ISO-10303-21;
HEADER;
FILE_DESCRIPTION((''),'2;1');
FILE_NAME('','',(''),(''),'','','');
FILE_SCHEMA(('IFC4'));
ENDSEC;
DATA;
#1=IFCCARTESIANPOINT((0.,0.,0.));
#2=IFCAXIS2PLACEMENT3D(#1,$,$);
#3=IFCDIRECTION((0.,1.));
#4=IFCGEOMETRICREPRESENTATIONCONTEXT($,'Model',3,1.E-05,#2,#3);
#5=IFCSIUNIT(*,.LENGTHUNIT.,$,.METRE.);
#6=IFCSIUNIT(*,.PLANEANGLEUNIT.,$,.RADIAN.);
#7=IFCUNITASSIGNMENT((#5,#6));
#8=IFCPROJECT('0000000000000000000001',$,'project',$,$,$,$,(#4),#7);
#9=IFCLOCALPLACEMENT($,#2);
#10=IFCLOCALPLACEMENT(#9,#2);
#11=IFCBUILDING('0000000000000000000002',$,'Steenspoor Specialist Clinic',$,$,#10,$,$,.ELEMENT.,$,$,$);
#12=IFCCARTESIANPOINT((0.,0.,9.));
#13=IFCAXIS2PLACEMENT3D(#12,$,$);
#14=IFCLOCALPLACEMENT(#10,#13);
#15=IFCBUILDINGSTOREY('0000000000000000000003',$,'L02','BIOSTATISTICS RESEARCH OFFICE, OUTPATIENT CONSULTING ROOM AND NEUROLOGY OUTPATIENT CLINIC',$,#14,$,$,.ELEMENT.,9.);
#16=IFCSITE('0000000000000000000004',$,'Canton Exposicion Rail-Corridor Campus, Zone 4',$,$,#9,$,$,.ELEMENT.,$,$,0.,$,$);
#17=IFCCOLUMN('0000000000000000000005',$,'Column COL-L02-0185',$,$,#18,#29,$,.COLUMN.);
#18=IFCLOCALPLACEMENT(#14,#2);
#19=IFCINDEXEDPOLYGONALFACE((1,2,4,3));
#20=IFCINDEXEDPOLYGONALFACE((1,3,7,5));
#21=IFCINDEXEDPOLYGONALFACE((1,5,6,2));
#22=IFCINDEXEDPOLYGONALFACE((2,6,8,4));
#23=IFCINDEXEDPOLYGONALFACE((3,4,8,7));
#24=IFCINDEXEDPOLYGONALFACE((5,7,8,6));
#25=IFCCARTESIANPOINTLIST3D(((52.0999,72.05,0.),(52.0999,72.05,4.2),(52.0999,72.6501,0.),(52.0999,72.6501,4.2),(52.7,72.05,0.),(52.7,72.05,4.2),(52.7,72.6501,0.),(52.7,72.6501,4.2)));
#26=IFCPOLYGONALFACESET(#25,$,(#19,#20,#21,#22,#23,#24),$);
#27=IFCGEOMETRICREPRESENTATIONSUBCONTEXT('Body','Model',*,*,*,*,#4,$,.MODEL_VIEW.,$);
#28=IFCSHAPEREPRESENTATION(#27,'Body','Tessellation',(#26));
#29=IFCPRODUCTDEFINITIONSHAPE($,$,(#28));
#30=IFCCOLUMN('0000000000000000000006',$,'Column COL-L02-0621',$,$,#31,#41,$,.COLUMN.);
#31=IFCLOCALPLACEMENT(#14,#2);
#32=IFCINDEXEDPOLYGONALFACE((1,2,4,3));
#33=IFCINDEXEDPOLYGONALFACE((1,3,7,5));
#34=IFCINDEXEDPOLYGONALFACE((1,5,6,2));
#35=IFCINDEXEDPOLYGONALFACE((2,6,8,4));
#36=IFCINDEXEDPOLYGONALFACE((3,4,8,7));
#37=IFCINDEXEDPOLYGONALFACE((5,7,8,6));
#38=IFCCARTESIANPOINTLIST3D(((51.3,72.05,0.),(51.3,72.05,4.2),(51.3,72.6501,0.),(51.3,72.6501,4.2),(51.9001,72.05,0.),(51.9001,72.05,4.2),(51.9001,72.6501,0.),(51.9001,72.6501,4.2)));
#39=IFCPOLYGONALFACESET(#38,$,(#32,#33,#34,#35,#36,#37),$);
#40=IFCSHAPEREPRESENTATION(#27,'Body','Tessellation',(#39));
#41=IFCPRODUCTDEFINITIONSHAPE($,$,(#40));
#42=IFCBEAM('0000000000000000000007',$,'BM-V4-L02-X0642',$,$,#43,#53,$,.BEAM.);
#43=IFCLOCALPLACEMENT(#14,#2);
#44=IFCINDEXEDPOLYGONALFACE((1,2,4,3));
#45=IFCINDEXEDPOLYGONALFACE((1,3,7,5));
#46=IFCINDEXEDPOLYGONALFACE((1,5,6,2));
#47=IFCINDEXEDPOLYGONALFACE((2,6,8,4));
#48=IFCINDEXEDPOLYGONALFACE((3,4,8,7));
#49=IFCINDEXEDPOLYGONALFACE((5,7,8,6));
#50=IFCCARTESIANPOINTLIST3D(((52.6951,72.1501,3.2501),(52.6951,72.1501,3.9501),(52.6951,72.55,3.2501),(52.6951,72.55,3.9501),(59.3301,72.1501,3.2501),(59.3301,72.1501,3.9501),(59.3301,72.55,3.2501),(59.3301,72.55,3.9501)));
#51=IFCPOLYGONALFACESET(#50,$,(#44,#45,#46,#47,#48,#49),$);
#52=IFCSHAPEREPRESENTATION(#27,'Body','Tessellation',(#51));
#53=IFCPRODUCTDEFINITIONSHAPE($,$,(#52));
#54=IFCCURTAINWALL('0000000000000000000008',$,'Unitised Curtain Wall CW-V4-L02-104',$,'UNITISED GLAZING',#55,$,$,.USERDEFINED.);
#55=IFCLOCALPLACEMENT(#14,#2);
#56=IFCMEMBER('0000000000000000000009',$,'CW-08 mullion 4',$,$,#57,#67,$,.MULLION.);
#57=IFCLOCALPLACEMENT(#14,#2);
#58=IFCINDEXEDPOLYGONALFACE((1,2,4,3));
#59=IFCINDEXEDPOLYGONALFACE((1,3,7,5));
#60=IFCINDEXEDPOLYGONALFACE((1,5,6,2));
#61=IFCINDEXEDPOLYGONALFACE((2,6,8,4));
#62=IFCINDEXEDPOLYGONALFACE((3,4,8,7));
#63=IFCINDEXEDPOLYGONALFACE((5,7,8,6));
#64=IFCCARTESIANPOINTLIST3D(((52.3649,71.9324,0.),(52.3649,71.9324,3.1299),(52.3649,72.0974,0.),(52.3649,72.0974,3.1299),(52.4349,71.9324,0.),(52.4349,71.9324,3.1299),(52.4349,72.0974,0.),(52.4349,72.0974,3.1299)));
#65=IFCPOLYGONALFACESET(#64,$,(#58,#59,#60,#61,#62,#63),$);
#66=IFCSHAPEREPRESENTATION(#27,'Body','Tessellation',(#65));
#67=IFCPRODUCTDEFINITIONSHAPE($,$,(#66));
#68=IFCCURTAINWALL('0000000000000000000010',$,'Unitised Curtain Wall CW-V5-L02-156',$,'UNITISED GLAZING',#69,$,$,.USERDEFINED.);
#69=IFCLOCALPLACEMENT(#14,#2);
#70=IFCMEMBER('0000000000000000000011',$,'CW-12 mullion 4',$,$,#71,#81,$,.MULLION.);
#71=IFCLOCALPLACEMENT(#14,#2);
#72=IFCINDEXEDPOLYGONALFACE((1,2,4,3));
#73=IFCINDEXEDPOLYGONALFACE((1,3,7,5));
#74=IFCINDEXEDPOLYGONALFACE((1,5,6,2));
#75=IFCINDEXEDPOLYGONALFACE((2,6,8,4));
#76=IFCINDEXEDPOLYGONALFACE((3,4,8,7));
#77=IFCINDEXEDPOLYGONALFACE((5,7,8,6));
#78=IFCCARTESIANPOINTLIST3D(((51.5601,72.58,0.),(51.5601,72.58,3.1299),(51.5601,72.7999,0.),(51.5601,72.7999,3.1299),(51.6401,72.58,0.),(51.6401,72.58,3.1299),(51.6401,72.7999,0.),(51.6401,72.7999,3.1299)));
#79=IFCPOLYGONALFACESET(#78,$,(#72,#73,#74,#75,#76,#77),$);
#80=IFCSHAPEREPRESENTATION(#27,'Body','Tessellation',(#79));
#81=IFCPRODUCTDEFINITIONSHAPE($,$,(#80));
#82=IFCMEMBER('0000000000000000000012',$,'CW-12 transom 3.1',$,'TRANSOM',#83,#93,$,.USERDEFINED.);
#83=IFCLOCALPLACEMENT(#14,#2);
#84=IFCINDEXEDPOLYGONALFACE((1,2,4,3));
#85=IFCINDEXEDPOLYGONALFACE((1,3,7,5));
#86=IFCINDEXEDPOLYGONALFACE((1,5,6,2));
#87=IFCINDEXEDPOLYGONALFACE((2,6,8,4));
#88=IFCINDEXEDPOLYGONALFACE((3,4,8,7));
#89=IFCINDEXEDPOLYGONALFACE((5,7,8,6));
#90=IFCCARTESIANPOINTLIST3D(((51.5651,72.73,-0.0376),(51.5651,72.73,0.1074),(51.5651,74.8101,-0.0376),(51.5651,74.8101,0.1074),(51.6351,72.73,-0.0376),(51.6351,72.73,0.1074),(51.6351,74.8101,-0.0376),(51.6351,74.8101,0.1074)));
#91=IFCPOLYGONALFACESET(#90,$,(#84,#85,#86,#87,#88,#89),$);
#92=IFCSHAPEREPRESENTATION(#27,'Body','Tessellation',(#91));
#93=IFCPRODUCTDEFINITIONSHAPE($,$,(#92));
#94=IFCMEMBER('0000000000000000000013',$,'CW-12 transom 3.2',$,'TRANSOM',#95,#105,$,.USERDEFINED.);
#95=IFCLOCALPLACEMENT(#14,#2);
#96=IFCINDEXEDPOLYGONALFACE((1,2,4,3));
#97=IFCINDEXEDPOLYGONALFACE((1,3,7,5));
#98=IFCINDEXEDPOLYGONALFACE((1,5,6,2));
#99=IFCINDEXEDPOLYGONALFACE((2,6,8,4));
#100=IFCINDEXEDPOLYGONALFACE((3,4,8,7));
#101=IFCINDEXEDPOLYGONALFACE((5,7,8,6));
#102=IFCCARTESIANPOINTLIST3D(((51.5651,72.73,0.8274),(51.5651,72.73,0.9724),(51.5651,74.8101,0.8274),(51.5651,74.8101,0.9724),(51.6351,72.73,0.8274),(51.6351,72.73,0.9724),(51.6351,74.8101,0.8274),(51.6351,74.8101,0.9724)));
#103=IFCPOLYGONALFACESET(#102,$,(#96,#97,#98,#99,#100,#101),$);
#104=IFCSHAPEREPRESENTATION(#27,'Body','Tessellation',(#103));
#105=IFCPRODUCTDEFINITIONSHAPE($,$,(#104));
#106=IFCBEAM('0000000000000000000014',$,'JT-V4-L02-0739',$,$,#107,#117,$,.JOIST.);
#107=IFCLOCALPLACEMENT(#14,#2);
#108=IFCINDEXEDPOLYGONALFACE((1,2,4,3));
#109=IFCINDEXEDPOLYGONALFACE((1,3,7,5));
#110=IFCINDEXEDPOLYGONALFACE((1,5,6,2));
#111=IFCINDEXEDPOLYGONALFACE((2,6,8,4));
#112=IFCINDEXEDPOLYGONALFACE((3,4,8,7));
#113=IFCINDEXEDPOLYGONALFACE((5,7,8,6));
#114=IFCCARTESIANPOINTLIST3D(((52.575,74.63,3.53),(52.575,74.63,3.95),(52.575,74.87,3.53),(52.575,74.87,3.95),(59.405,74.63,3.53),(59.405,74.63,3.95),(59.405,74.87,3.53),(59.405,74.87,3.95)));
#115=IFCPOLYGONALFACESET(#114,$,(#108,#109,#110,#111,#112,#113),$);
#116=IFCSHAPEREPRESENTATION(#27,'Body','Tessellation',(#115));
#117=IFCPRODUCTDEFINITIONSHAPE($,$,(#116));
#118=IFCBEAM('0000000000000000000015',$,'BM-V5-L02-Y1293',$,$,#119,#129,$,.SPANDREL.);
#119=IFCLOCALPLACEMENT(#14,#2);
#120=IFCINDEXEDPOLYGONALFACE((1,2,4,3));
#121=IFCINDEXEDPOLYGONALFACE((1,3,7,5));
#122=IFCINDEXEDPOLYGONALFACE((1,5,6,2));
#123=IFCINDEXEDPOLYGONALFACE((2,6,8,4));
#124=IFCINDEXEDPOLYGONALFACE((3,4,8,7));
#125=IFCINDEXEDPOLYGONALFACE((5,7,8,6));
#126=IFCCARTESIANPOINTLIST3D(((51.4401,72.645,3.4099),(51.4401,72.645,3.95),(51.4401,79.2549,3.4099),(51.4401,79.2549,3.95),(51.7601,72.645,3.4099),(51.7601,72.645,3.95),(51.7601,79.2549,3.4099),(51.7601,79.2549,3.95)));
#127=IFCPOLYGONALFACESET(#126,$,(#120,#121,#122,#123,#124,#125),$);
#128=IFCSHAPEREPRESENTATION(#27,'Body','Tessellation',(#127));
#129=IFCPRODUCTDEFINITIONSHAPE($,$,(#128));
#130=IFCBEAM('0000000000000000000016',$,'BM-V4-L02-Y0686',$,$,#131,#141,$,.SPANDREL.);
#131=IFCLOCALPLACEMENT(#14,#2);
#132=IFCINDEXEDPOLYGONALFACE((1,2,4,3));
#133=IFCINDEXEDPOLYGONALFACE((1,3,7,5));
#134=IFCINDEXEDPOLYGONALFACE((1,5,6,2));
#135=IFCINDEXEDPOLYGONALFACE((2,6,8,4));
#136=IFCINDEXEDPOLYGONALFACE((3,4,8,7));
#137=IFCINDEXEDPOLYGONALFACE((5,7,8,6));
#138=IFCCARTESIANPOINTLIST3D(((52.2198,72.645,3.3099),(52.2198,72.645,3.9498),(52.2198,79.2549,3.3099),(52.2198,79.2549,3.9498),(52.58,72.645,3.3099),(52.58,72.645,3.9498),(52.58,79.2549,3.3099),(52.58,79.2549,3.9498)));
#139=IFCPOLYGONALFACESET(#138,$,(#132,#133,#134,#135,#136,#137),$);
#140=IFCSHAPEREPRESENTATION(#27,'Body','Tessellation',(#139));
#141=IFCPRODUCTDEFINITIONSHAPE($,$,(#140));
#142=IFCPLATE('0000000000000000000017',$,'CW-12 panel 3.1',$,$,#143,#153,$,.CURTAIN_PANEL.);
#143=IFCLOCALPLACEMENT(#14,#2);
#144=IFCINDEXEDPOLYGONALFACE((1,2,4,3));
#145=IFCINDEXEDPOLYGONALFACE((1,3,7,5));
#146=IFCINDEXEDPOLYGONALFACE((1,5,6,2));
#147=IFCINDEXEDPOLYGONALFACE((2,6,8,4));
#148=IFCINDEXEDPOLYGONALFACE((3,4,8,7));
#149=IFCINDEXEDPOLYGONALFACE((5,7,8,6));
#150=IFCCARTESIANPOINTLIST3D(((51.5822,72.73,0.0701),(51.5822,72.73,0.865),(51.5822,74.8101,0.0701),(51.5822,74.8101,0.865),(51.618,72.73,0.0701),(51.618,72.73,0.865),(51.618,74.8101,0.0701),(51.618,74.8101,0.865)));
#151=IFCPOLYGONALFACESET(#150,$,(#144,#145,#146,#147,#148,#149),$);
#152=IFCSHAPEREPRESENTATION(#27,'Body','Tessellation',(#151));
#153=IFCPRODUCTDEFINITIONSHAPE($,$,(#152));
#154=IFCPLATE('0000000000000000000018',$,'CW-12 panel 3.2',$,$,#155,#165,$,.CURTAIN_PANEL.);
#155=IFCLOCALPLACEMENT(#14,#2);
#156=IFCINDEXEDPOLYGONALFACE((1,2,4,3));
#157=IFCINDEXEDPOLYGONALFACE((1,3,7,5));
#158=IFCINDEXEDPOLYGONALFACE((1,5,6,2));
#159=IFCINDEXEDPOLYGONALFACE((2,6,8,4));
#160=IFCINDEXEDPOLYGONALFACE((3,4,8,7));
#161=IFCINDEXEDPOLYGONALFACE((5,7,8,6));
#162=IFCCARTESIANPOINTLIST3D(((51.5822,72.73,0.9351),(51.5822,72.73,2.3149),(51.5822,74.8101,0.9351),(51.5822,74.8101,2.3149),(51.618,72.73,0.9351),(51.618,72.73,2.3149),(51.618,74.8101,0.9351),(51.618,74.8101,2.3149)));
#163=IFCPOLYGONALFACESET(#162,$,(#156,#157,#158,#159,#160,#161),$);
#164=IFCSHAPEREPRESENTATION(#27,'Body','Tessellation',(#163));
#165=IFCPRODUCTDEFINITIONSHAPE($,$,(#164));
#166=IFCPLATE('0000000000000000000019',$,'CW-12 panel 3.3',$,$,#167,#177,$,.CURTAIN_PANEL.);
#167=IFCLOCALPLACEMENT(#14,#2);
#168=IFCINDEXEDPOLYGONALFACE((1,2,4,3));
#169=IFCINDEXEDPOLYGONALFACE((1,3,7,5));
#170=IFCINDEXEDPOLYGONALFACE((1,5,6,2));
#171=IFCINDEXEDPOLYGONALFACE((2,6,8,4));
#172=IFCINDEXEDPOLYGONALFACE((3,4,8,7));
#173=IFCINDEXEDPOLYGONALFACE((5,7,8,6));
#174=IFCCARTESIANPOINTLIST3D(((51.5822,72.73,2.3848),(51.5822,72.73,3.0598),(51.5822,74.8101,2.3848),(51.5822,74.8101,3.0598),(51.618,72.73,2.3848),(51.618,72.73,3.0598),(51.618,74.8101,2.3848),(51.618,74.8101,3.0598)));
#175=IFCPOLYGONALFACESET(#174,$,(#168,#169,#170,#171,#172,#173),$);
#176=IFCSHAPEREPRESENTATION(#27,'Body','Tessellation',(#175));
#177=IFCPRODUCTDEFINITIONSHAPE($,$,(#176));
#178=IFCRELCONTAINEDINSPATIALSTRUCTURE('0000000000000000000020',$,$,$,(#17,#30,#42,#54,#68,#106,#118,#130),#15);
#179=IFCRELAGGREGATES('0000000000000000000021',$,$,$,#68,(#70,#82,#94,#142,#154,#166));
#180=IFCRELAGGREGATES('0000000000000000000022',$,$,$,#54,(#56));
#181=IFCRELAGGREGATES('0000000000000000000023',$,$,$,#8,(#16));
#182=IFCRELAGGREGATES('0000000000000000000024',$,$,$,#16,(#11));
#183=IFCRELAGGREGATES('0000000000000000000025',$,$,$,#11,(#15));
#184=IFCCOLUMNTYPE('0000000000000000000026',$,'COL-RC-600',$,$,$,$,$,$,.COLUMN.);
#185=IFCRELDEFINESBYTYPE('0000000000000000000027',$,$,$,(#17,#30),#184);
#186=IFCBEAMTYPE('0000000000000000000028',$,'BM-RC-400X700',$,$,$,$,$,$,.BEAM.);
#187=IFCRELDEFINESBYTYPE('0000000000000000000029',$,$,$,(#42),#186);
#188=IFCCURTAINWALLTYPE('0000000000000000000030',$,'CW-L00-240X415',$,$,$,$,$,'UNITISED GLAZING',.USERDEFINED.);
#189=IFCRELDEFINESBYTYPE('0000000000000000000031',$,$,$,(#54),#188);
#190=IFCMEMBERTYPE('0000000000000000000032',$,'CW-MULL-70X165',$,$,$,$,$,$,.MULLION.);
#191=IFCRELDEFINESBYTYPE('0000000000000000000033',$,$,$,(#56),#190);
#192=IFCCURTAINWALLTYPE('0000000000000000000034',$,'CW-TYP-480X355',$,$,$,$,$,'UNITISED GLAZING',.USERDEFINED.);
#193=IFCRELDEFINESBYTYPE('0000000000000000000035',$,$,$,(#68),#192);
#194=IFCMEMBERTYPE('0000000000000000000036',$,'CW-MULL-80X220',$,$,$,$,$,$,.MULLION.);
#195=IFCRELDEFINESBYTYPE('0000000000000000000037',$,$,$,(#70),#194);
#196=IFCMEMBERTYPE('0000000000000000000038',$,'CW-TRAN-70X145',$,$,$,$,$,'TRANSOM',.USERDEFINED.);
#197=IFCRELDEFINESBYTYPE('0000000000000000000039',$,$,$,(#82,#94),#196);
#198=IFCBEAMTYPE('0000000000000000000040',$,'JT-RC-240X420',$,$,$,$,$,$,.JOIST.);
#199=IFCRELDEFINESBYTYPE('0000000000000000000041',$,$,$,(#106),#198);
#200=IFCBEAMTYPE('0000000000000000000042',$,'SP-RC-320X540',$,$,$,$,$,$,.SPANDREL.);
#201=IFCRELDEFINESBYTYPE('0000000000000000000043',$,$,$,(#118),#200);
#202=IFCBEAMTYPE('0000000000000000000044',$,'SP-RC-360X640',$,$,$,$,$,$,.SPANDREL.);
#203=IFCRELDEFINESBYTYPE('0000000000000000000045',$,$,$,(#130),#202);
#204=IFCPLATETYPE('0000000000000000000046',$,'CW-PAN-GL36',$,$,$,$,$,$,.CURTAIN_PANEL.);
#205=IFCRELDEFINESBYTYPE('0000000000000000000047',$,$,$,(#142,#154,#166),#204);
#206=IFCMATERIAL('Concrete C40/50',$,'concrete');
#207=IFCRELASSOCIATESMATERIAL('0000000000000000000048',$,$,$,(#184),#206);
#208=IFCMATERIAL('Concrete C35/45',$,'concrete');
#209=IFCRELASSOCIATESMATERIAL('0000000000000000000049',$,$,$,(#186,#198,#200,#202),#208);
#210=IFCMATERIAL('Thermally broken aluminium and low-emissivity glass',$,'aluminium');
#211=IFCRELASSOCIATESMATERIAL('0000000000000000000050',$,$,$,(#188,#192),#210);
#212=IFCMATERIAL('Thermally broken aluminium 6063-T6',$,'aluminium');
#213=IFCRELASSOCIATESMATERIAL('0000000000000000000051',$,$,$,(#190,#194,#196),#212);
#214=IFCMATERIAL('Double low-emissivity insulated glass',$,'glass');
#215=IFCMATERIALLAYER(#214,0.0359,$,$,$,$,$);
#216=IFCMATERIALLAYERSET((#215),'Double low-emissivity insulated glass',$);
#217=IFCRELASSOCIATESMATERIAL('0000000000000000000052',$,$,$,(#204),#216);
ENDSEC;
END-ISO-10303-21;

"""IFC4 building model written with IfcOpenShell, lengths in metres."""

from ifc_helpers import new_model, si_unit, direction, frame, origin, origin_2d, place, context, subcontext, project, spatial, rectangle, extrude, material, layer, layer_set, material_profile, profile_set, type_object, element, aggregate, save


model = new_model("IFC4")

# Units and contexts
model_context = context("Model", 3, precision=1e-05, world=origin(), true_north=direction((0.0, 1.0)))
body_context = subcontext(model_context, "Body", "Model", "MODEL_VIEW")
ifc_project = project(units=[si_unit("LENGTHUNIT", "METRE"), si_unit("PLANEANGLEUNIT", "RADIAN")], contexts=[model_context])

# Site, building, storey
site_placement = place(None, origin())
site = spatial("IfcSite", under=ifc_project, at=site_placement, Name="Canton Exposicion Rail-Corridor Campus, Zone 4", CompositionType="ELEMENT", RefElevation=0.0)
building_placement = place(site_placement, origin())
building = spatial("IfcBuilding", under=site, at=building_placement, Name="Steenspoor Specialist Clinic", CompositionType="ELEMENT")
storey_placement = place(building_placement, frame((0.0, 0.0, 9.0)))
storey = spatial("IfcBuildingStorey", under=building, at=storey_placement, Name="L02", Description="BIOSTATISTICS RESEARCH OFFICE, OUTPATIENT CONSULTING ROOM AND NEUROLOGY OUTPATIENT CLINIC", CompositionType="ELEMENT", Elevation=9.0)

# Columns
ifc_material_1 = material(Name="Concrete C40/50", Category="concrete")
ifc_material_profile_1 = material_profile(ifc_material_1, rectangle(XDim=0.6001, YDim=0.6001, at=origin_2d()), Name="RC-COL-600X600")
ifc_profile_set_1 = profile_set([ifc_material_profile_1], Name="Concrete C40/50")
column_type = type_object("IfcColumnType", Name="COL-RC-600", PredefinedType="COLUMN", material=ifc_profile_set_1)
for number, where, z_axis, x_axis, name in (
    (1, (52.3999, 72.3501, 0.0), (0.0, 0.0, 1.0), (1.0, 0.0, 0.0), "Column COL-L02-0185"),
    (2, (51.6001, 72.3501, 0.0), (0.0, 0.0, 1.0), (1.0, 0.0, 0.0), "Column COL-L02-0621"),
):
    element("IfcColumn", number, at=place(storey_placement, frame(where, z_axis=z_axis, x_axis=x_axis)), inside=storey, type_object=column_type, Name=name, PredefinedType="COLUMN", context=body_context, shape_type="SweptSolid", body=[
        extrude(rectangle(XDim=0.6001, YDim=0.6001, at=origin_2d()), origin(), (0.0, 0.0, 1.0), 4.2),
    ])

# Beam
ifc_material_2 = material(Name="Concrete C35/45", Category="concrete")
ifc_material_profile_2 = material_profile(ifc_material_2, rectangle(XDim=0.3999, YDim=0.7, at=origin_2d()), Name="RC-BM-400X700")
ifc_profile_set_2 = profile_set([ifc_material_profile_2], Name="Concrete C35/45")
beam_type_1 = type_object("IfcBeamType", Name="BM-RC-400X700", PredefinedType="BEAM", material=ifc_profile_set_2)
beam_1_placement = place(storey_placement, frame((52.6951, 72.3501, 3.6001), z_axis=(1.0, 0.0, 0.0), x_axis=(0.0, 1.0, 0.0)))
element("IfcBeam", 3, at=beam_1_placement, inside=storey, type_object=beam_type_1, Name="BM-V4-L02-X0642", PredefinedType="BEAM", context=body_context, shape_type="SweptSolid", body=[
    extrude(rectangle(XDim=0.3999, YDim=0.7, at=origin_2d()), origin(), (0.0, 0.0, 1.0), 6.635),
])

# Curtain wall, member
ifc_material_3 = material(Name="Thermally broken aluminium and low-emissivity glass", Category="aluminium")
curtain_wall_type_1 = type_object("IfcCurtainWallType", Name="CW-L00-240X415", ElementType="UNITISED GLAZING", PredefinedType="USERDEFINED", material=ifc_material_3)
curtain_wall_1_placement = place(storey_placement, origin())
curtain_wall_1 = element("IfcCurtainWall", 4, at=curtain_wall_1_placement, inside=storey, type_object=curtain_wall_type_1, Name="Unitised Curtain Wall CW-V4-L02-104", ObjectType="UNITISED GLAZING", PredefinedType="USERDEFINED")
ifc_material_4 = material(Name="Thermally broken aluminium 6063-T6", Category="aluminium")
ifc_material_profile_3 = material_profile(ifc_material_4, rectangle(XDim=0.0701, YDim=0.165, at=origin_2d()), Name="CWM-70X165")
ifc_profile_set_3 = profile_set([ifc_material_profile_3], Name="Thermally broken aluminium 6063-T6")
member_type_1 = type_object("IfcMemberType", Name="CW-MULL-70X165", PredefinedType="MULLION", material=ifc_profile_set_3)
member_1_placement = place(storey_placement, frame((52.3999, 72.0149, 0.0), z_axis=(0.0, 0.0, 1.0), x_axis=(-1.0, 0.0, 0.0)))
member_1 = element("IfcMember", 5, at=member_1_placement, type_object=member_type_1, Name="CW-08 mullion 4", PredefinedType="MULLION", context=body_context, shape_type="SweptSolid", body=[
    extrude(rectangle(XDim=0.0701, YDim=0.165, at=origin_2d()), origin(), (0.0, 0.0, 1.0), 3.1299),
])

# Curtain wall, members
curtain_wall_type_2 = type_object("IfcCurtainWallType", Name="CW-TYP-480X355", ElementType="UNITISED GLAZING", PredefinedType="USERDEFINED", material=ifc_material_3)
curtain_wall_2_placement = place(storey_placement, origin())
curtain_wall_2 = element("IfcCurtainWall", 6, at=curtain_wall_2_placement, inside=storey, type_object=curtain_wall_type_2, Name="Unitised Curtain Wall CW-V5-L02-156", ObjectType="UNITISED GLAZING", PredefinedType="USERDEFINED")
ifc_material_profile_4 = material_profile(ifc_material_4, rectangle(XDim=0.0801, YDim=0.22, at=origin_2d()), Name="CWM-80X220")
ifc_profile_set_4 = profile_set([ifc_material_profile_4], Name="Thermally broken aluminium 6063-T6")
member_type_2 = type_object("IfcMemberType", Name="CW-MULL-80X220", PredefinedType="MULLION", material=ifc_profile_set_4)
member_2_placement = place(storey_placement, frame((51.6001, 72.6899, 0.0), z_axis=(0.0, 0.0, 1.0), x_axis=(1.0, 0.0, 0.0)))
member_2 = element("IfcMember", 7, at=member_2_placement, type_object=member_type_2, Name="CW-12 mullion 4", PredefinedType="MULLION", context=body_context, shape_type="SweptSolid", body=[
    extrude(rectangle(XDim=0.0801, YDim=0.22, at=origin_2d()), origin(), (0.0, 0.0, 1.0), 3.1299),
])
ifc_material_profile_5 = material_profile(ifc_material_4, rectangle(XDim=0.0701, YDim=0.145, at=origin_2d()), Name="CWT-70X145")
ifc_profile_set_5 = profile_set([ifc_material_profile_5], Name="Thermally broken aluminium 6063-T6")
member_type_3 = type_object("IfcMemberType", Name="CW-TRAN-70X145", ElementType="TRANSOM", PredefinedType="USERDEFINED", material=ifc_profile_set_5)
member_3_placement = place(storey_placement, frame((51.6001, 74.8101, 0.0349), z_axis=(0.0, -1.0, 0.0), x_axis=(1.0, 0.0, 0.0)))
member_3 = element("IfcMember", 8, at=member_3_placement, type_object=member_type_3, Name="CW-12 transom 3.1", ObjectType="TRANSOM", PredefinedType="USERDEFINED", context=body_context, shape_type="SweptSolid", body=[
    extrude(rectangle(XDim=0.0701, YDim=0.145, at=origin_2d()), origin(), (0.0, 0.0, 1.0), 2.0801),
])
member_4_placement = place(storey_placement, frame((51.6001, 74.8101, 0.8999), z_axis=(0.0, -1.0, 0.0), x_axis=(1.0, 0.0, 0.0)))
member_4 = element("IfcMember", 9, at=member_4_placement, type_object=member_type_3, Name="CW-12 transom 3.2", ObjectType="TRANSOM", PredefinedType="USERDEFINED", context=body_context, shape_type="SweptSolid", body=[
    extrude(rectangle(XDim=0.0701, YDim=0.145, at=origin_2d()), origin(), (0.0, 0.0, 1.0), 2.0801),
])

# Beams
ifc_material_profile_6 = material_profile(ifc_material_2, rectangle(XDim=0.24, YDim=0.4199, at=origin_2d()), Name="RC-JT-240X420")
ifc_profile_set_6 = profile_set([ifc_material_profile_6], Name="Concrete C35/45")
beam_type_2 = type_object("IfcBeamType", Name="JT-RC-240X420", PredefinedType="JOIST", material=ifc_profile_set_6)
beam_2_placement = place(storey_placement, frame((52.575, 74.75, 3.74), z_axis=(1.0, 0.0, 0.0), x_axis=(0.0, 1.0, 0.0)))
element("IfcBeam", 10, at=beam_2_placement, inside=storey, type_object=beam_type_2, Name="JT-V4-L02-0739", PredefinedType="JOIST", context=body_context, shape_type="SweptSolid", body=[
    extrude(rectangle(XDim=0.24, YDim=0.4199, at=origin_2d()), origin(), (0.0, 0.0, 1.0), 6.8301),
])
ifc_material_profile_7 = material_profile(ifc_material_2, rectangle(XDim=0.3201, YDim=0.54, at=origin_2d()), Name="RC-SP-320X540")
ifc_profile_set_7 = profile_set([ifc_material_profile_7], Name="Concrete C35/45")
beam_type_3 = type_object("IfcBeamType", Name="SP-RC-320X540", PredefinedType="SPANDREL", material=ifc_profile_set_7)
beam_3_placement = place(storey_placement, frame((51.6001, 72.645, 3.6799), z_axis=(0.0, 1.0, 0.0), x_axis=(-1.0, 0.0, 0.0)))
element("IfcBeam", 11, at=beam_3_placement, inside=storey, type_object=beam_type_3, Name="BM-V5-L02-Y1293", PredefinedType="SPANDREL", context=body_context, shape_type="SweptSolid", body=[
    extrude(rectangle(XDim=0.3201, YDim=0.54, at=origin_2d()), origin(), (0.0, 0.0, 1.0), 6.6099),
])
ifc_material_profile_8 = material_profile(ifc_material_2, rectangle(XDim=0.3601, YDim=0.6399, at=origin_2d()), Name="RC-SP-360X640")
ifc_profile_set_8 = profile_set([ifc_material_profile_8], Name="Concrete C35/45")
beam_type_4 = type_object("IfcBeamType", Name="SP-RC-360X640", PredefinedType="SPANDREL", material=ifc_profile_set_8)
beam_4_placement = place(storey_placement, frame((52.3999, 72.645, 3.6299), z_axis=(0.0, 1.0, 0.0), x_axis=(-1.0, 0.0, 0.0)))
element("IfcBeam", 12, at=beam_4_placement, inside=storey, type_object=beam_type_4, Name="BM-V4-L02-Y0686", PredefinedType="SPANDREL", context=body_context, shape_type="SweptSolid", body=[
    extrude(rectangle(XDim=0.3601, YDim=0.6399, at=origin_2d()), origin(), (0.0, 0.0, 1.0), 6.6099),
])

# Plates
ifc_material_5 = material(Name="Double low-emissivity insulated glass", Category="glass")
ifc_layer_1 = layer(ifc_material_5, 0.0359)
ifc_layer_set_1 = layer_set([ifc_layer_1], Name="Double low-emissivity insulated glass")
plate_type_1 = type_object("IfcPlateType", Name="CW-PAN-GL36", PredefinedType="CURTAIN_PANEL", material=ifc_layer_set_1)
plate_1_placement = place(storey_placement, frame((51.6001, 73.77, 0.0701), z_axis=(0.0, 0.0, 1.0), x_axis=(0.0, -1.0, 0.0)))
plate_1 = element("IfcPlate", 13, at=plate_1_placement, type_object=plate_type_1, Name="CW-12 panel 3.1", PredefinedType="CURTAIN_PANEL", context=body_context, shape_type="SweptSolid", body=[
    extrude(rectangle(XDim=2.0801, YDim=0.0359, at=origin_2d()), origin(), (0.0, 0.0, 1.0), 0.7949),
])
plate_2_placement = place(storey_placement, frame((51.6001, 73.77, 0.9351), z_axis=(0.0, 0.0, 1.0), x_axis=(0.0, -1.0, 0.0)))
plate_2 = element("IfcPlate", 14, at=plate_2_placement, type_object=plate_type_1, Name="CW-12 panel 3.2", PredefinedType="CURTAIN_PANEL", context=body_context, shape_type="SweptSolid", body=[
    extrude(rectangle(XDim=2.0801, YDim=0.0359, at=origin_2d()), origin(), (0.0, 0.0, 1.0), 1.3799),
])
plate_3_placement = place(storey_placement, frame((51.6001, 73.77, 2.3848), z_axis=(0.0, 0.0, 1.0), x_axis=(0.0, -1.0, 0.0)))
plate_3 = element("IfcPlate", 15, at=plate_3_placement, type_object=plate_type_1, Name="CW-12 panel 3.3", PredefinedType="CURTAIN_PANEL", context=body_context, shape_type="SweptSolid", body=[
    extrude(rectangle(XDim=2.0801, YDim=0.0359, at=origin_2d()), origin(), (0.0, 0.0, 1.0), 0.675),
])
aggregate(curtain_wall_2, [member_2, member_3, member_4, plate_1, plate_2, plate_3])
aggregate(curtain_wall_1, [member_1])

save(model, "model.ifc")
